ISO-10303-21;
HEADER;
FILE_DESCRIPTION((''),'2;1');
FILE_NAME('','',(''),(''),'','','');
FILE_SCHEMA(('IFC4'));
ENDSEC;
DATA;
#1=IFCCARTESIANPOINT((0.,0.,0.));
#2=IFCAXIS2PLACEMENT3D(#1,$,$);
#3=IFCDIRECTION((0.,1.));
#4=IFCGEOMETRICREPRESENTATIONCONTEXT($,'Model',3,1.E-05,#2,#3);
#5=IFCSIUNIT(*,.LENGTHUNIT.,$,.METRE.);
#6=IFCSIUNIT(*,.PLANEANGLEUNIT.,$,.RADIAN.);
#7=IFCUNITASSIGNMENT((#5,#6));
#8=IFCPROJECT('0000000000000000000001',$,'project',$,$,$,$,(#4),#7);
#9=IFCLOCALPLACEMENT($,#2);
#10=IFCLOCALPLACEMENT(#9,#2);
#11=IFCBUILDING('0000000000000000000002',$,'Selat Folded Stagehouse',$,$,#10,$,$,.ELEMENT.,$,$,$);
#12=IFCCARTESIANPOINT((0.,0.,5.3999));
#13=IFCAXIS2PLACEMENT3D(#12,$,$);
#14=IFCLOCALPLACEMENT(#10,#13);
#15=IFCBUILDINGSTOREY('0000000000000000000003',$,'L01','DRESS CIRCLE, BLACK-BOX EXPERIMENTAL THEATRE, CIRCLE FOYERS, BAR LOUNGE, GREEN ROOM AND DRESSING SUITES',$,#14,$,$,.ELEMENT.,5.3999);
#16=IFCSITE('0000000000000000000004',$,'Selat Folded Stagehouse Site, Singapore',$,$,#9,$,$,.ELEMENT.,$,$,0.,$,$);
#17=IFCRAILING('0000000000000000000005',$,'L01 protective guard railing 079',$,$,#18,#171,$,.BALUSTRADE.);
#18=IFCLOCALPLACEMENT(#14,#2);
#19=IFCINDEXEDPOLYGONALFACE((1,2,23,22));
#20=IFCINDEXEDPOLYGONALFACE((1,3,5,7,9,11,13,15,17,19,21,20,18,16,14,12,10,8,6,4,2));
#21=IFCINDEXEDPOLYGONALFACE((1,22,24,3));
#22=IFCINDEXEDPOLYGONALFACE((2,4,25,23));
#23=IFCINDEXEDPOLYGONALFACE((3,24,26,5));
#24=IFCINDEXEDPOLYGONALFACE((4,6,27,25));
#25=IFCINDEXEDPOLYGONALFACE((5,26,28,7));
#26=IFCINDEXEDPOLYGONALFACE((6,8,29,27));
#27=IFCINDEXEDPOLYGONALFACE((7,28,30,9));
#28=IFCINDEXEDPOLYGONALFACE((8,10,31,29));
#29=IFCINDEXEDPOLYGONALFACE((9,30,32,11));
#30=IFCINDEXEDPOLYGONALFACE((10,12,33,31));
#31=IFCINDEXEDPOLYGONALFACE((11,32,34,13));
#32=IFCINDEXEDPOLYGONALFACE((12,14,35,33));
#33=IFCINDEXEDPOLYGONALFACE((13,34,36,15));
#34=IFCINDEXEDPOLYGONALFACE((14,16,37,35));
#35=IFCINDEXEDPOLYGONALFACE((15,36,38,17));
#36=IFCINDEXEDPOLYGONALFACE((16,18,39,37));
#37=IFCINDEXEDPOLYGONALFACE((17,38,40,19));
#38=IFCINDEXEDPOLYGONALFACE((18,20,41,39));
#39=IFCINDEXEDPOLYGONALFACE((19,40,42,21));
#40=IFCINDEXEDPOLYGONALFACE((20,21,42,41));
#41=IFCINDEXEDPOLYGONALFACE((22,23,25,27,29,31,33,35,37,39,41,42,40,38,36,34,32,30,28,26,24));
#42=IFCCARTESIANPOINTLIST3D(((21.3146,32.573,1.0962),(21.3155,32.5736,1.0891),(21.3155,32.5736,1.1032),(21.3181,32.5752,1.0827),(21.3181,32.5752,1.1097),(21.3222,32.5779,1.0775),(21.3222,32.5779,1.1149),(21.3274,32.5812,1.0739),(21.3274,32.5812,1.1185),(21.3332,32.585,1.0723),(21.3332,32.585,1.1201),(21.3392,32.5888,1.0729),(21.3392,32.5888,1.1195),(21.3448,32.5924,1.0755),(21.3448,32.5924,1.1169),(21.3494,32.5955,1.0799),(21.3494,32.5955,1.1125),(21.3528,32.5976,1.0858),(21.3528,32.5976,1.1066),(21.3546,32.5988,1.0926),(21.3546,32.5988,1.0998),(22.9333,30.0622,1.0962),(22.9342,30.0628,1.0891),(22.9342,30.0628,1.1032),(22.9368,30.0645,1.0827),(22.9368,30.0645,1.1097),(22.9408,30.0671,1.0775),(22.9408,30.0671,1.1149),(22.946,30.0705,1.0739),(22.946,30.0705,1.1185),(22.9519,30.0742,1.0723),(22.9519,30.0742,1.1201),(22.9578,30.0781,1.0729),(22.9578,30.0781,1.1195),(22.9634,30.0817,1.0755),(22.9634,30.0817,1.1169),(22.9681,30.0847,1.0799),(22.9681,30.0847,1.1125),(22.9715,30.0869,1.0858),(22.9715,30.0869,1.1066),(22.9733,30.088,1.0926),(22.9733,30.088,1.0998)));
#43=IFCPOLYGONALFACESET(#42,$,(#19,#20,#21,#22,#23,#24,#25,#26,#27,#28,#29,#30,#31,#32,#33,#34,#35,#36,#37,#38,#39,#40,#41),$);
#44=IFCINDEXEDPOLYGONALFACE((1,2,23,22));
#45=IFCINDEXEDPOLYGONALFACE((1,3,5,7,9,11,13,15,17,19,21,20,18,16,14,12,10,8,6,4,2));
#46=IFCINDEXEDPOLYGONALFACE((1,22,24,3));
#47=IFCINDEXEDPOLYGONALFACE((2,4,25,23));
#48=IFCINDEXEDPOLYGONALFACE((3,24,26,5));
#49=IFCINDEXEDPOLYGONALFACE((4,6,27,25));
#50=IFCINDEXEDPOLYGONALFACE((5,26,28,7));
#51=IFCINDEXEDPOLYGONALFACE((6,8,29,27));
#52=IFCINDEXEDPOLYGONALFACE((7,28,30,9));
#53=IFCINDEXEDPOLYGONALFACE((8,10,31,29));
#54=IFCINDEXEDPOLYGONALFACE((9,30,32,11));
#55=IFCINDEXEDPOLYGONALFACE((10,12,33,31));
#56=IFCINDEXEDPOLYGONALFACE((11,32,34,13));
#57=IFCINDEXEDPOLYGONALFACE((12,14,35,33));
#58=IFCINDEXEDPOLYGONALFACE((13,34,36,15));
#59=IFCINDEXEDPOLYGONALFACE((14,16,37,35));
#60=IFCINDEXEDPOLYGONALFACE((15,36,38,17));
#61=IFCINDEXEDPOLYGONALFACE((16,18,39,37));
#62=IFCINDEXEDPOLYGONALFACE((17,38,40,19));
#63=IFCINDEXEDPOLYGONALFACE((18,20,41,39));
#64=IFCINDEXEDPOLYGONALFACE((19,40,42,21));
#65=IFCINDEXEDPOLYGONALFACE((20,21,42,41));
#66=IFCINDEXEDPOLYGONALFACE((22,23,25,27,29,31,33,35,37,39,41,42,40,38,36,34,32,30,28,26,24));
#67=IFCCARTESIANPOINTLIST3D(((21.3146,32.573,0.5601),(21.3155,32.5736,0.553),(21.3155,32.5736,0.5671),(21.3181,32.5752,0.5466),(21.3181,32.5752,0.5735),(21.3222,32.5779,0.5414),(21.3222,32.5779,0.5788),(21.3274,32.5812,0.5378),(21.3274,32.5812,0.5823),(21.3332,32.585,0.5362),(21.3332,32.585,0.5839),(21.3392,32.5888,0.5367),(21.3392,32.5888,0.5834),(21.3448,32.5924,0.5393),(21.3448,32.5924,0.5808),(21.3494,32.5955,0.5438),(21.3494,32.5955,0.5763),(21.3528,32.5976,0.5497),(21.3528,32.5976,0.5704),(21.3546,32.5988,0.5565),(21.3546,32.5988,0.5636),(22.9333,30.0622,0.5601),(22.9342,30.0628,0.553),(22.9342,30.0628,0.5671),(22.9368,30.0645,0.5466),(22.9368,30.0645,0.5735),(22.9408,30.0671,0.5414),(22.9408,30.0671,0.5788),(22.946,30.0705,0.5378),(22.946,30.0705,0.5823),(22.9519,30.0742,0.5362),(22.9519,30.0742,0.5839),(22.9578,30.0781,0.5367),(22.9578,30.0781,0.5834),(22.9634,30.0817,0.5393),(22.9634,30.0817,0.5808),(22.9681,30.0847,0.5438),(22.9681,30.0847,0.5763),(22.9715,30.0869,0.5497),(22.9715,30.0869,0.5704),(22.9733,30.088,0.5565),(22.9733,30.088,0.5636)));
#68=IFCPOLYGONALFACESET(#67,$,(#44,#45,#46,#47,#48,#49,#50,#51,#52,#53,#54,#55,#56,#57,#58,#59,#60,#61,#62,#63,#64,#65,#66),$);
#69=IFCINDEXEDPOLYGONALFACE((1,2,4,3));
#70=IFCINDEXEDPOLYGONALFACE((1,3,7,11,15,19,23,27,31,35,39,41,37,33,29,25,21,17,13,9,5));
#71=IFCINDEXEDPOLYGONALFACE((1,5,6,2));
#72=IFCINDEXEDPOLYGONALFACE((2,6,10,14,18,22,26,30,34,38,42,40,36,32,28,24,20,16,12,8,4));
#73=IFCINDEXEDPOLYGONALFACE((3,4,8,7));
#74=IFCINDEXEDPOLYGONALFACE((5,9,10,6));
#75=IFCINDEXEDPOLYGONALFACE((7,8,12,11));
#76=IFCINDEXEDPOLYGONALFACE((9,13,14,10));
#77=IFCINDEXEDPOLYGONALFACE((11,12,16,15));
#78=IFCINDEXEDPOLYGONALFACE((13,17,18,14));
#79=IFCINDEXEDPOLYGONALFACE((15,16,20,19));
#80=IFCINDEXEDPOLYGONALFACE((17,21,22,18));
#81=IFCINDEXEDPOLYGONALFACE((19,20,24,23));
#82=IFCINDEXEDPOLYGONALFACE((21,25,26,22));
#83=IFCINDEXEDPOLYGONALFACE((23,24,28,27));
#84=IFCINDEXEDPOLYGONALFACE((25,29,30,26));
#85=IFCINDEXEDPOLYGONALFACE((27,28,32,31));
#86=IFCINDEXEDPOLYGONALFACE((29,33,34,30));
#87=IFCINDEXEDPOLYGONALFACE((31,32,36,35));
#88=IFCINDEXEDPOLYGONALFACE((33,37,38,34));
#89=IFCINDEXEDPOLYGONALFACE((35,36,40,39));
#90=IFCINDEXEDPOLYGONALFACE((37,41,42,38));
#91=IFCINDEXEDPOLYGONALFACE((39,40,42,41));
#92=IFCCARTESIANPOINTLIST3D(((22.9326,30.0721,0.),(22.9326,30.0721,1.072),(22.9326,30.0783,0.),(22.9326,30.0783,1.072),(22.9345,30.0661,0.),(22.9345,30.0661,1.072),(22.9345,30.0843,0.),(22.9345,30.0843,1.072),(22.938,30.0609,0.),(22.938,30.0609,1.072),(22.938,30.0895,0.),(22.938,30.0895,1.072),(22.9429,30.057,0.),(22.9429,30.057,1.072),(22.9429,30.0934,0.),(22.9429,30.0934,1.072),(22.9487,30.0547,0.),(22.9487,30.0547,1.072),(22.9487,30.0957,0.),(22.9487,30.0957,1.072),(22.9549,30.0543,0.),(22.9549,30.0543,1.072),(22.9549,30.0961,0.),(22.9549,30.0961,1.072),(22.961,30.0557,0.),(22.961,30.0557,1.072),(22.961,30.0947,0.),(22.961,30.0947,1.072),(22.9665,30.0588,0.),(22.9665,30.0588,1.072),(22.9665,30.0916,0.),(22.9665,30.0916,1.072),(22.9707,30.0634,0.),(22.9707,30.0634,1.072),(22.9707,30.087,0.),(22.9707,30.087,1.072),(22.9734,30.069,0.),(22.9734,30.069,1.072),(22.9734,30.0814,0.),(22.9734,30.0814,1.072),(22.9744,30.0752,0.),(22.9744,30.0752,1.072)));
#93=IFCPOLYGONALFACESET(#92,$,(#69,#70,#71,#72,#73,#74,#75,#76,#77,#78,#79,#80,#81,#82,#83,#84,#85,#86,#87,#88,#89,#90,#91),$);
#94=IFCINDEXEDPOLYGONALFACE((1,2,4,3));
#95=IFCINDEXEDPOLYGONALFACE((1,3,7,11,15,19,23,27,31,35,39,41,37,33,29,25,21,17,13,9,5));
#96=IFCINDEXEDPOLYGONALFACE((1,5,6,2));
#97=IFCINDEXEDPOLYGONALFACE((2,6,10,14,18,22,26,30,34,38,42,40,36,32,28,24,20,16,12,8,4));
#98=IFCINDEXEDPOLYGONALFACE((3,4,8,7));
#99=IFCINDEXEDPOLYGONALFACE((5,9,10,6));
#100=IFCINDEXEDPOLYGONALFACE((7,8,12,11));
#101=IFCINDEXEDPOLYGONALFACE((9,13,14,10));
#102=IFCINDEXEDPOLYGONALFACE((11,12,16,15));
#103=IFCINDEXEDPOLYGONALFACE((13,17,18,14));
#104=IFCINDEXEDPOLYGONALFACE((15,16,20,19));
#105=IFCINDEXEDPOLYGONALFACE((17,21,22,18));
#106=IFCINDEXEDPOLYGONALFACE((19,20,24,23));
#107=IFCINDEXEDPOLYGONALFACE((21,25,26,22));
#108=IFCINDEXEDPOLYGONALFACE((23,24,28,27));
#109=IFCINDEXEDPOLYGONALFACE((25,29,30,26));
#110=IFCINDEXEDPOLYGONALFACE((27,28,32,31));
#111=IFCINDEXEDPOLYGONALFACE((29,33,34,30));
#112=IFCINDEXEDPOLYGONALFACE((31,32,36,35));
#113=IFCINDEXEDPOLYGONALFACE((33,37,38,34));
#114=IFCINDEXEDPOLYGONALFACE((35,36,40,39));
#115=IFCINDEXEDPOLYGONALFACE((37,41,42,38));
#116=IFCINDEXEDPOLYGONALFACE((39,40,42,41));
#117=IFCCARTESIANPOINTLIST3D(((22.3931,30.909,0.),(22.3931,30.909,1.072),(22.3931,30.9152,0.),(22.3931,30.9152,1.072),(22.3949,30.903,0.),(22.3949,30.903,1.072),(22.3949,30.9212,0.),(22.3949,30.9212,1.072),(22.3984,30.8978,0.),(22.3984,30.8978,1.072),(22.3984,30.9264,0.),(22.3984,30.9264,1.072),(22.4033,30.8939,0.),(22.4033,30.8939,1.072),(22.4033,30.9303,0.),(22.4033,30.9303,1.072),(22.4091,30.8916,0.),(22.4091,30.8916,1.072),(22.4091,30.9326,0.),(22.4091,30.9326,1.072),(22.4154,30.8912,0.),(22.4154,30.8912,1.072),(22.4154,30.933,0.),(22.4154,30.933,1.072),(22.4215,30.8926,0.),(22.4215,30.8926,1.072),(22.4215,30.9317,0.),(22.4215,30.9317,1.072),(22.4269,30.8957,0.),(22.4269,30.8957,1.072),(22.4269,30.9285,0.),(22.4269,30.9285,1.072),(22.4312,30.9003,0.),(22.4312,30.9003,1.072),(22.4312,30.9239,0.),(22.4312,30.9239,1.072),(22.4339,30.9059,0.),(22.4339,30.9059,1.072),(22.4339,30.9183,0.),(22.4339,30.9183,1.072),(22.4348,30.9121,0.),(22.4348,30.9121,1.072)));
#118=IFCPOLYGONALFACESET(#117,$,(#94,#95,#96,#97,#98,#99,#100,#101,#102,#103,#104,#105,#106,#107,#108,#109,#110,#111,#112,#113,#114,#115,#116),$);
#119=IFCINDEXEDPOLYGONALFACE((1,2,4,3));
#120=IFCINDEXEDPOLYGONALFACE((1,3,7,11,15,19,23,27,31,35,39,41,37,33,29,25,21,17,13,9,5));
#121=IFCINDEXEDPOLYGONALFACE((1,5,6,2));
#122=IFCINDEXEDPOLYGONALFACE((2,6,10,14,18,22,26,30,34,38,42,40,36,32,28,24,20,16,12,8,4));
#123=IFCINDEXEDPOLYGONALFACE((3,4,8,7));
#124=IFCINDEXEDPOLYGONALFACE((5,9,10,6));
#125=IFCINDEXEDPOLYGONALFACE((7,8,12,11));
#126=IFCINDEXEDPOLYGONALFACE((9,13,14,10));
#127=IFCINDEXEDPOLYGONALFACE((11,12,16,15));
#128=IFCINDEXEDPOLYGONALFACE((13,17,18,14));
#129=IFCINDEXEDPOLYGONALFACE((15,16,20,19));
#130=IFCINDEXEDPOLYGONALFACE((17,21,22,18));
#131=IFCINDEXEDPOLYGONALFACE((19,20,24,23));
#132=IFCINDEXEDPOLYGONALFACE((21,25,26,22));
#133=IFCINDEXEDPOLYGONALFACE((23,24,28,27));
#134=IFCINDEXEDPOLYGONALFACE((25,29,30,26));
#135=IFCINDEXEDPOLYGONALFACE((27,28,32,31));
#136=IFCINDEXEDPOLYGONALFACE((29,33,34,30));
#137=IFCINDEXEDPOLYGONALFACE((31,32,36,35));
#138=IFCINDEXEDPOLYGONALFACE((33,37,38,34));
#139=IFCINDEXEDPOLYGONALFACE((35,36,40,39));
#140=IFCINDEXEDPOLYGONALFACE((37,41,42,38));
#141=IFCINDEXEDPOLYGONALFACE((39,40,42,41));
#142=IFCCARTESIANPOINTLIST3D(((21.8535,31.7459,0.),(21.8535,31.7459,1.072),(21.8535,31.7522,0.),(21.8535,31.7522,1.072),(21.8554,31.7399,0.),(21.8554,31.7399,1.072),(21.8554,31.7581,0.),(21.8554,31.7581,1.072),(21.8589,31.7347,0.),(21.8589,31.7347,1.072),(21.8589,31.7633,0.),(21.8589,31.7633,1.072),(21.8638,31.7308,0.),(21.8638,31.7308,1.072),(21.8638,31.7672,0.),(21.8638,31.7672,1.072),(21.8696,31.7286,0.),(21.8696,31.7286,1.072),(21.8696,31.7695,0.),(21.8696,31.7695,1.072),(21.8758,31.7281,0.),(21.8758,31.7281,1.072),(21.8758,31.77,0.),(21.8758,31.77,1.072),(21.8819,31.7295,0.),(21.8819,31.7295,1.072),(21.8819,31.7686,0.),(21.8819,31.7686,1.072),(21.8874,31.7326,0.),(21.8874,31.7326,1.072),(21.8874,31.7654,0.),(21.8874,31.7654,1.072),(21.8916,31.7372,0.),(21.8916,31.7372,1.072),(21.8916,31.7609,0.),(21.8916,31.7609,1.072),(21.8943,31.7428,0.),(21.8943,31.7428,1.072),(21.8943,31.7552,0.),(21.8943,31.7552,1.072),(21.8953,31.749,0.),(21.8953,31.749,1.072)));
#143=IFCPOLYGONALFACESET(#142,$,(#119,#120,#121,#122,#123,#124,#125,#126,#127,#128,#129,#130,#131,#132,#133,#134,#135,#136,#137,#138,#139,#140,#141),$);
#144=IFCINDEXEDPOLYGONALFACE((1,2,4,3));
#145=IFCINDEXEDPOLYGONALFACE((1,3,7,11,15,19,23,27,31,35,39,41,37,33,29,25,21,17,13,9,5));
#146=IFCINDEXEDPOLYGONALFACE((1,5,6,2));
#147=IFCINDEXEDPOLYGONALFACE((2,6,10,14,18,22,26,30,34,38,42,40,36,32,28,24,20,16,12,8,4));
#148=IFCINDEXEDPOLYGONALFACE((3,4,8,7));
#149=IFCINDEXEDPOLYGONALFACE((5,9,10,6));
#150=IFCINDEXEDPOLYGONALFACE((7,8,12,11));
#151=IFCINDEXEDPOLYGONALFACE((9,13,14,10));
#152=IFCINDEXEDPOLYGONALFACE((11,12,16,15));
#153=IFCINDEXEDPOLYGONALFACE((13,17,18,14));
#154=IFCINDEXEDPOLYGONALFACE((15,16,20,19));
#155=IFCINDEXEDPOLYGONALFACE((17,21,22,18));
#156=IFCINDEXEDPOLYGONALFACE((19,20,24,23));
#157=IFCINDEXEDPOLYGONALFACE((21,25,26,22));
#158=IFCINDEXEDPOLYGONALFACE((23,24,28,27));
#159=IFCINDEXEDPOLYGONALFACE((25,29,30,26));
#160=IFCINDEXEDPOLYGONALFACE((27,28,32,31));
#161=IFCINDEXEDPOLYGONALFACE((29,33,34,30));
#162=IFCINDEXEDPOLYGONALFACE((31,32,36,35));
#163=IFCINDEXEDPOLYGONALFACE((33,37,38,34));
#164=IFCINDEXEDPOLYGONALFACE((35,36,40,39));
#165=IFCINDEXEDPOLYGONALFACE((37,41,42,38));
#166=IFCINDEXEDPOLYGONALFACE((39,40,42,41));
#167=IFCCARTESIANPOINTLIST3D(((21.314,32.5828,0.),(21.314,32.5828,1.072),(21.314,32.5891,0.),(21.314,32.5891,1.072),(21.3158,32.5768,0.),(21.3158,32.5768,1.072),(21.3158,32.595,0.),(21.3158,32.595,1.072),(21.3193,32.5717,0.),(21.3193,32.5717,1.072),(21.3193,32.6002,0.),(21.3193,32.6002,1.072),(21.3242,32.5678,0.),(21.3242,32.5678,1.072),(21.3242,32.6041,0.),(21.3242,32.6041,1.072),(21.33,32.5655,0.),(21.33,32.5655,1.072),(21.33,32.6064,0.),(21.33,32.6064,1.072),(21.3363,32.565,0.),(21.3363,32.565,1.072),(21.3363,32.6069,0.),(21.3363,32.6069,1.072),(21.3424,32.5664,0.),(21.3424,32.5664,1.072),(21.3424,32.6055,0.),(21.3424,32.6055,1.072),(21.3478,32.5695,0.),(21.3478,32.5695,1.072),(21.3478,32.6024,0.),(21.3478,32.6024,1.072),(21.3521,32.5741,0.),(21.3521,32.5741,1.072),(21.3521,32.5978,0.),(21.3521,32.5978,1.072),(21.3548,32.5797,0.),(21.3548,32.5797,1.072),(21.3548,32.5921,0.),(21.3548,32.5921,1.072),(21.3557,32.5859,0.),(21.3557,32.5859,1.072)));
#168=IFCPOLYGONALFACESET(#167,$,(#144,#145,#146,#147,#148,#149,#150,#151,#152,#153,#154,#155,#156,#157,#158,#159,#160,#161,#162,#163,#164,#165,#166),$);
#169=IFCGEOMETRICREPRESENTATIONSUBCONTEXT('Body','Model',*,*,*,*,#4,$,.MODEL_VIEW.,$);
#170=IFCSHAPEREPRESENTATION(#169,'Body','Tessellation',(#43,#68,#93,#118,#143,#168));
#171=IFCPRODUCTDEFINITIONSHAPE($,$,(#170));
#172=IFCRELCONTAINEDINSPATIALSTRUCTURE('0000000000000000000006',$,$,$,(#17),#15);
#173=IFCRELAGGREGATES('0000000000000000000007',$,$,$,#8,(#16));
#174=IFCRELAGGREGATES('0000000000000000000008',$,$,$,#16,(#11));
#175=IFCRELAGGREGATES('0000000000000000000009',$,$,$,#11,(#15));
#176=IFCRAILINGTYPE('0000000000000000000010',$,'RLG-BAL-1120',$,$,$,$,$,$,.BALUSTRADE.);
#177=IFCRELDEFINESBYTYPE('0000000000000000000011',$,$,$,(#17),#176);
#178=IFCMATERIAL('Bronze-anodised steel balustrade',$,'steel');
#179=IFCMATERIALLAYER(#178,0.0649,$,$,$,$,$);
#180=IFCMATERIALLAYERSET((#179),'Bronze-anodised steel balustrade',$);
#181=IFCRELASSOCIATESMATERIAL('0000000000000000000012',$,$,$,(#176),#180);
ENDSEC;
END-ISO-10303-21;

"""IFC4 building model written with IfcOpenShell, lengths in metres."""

from ifc_helpers import new_model, si_unit, direction, frame, origin, origin_2d, place, context, subcontext, project, spatial, circle, extrude, material, layer, layer_set, type_object, element, save


model = new_model("IFC4")

# Units and contexts
model_context = context("Model", 3, precision=1e-05, world=origin(), true_north=direction((0.0, 1.0)))
body_context = subcontext(model_context, "Body", "Model", "MODEL_VIEW")
ifc_project = project(units=[si_unit("LENGTHUNIT", "METRE"), si_unit("PLANEANGLEUNIT", "RADIAN")], contexts=[model_context])

# Site, building, storey
site_placement = place(None, origin())
site = spatial("IfcSite", under=ifc_project, at=site_placement, Name="Selat Folded Stagehouse Site, Singapore", CompositionType="ELEMENT", RefElevation=0.0)
building_placement = place(site_placement, origin())
building = spatial("IfcBuilding", under=site, at=building_placement, Name="Selat Folded Stagehouse", CompositionType="ELEMENT")
storey_placement = place(building_placement, frame((0.0, 0.0, 5.3999)))
storey = spatial("IfcBuildingStorey", under=building, at=storey_placement, Name="L01", Description="DRESS CIRCLE, BLACK-BOX EXPERIMENTAL THEATRE, CIRCLE FOYERS, BAR LOUNGE, GREEN ROOM AND DRESSING SUITES", CompositionType="ELEMENT", Elevation=5.3999)

# Railing
ifc_material_1 = material(Name="Bronze-anodised steel balustrade", Category="steel")
ifc_layer_1 = layer(ifc_material_1, 0.0649)
ifc_layer_set_1 = layer_set([ifc_layer_1], Name="Bronze-anodised steel balustrade")
railing_type = type_object("IfcRailingType", Name="RLG-BAL-1120", PredefinedType="BALUSTRADE", material=ifc_layer_set_1)
railing_1_placement = place(storey_placement, frame((22.9534, 30.0752, 0.0)))
element("IfcRailing", 1, at=railing_1_placement, inside=storey, type_object=railing_type, Name="L01 protective guard railing 079", PredefinedType="BALUSTRADE", context=body_context, shape_type="SweptSolid", body=[
    extrude(circle(Radius=0.0239, at=origin_2d()), frame((0.0, 0.0, 1.0962), z_axis=(-0.541848, 0.840477, 0.0), x_axis=(-0.840477, -0.541848, 0.0)), (0.0, 0.0, 1.0), 2.9873),
    extrude(circle(Radius=0.0239, at=origin_2d()), frame((0.0, 0.0, 0.5601), z_axis=(-0.541848, 0.840477, 0.0), x_axis=(-0.840477, -0.541848, 0.0)), (0.0, 0.0, 1.0), 2.9873),
    extrude(circle(Radius=0.021, at=origin_2d()), origin(), (0.0, 0.0, 1.0), 1.072),
    extrude(circle(Radius=0.021, at=origin_2d()), frame((-0.5396, 0.8369, 0.0)), (0.0, 0.0, 1.0), 1.072),
    extrude(circle(Radius=0.021, at=origin_2d()), frame((-1.0791, 1.6738, 0.0)), (0.0, 0.0, 1.0), 1.072),
    extrude(circle(Radius=0.021, at=origin_2d()), frame((-1.6187, 2.5107, 0.0)), (0.0, 0.0, 1.0), 1.072),
])

save(model, "model.ifc")
